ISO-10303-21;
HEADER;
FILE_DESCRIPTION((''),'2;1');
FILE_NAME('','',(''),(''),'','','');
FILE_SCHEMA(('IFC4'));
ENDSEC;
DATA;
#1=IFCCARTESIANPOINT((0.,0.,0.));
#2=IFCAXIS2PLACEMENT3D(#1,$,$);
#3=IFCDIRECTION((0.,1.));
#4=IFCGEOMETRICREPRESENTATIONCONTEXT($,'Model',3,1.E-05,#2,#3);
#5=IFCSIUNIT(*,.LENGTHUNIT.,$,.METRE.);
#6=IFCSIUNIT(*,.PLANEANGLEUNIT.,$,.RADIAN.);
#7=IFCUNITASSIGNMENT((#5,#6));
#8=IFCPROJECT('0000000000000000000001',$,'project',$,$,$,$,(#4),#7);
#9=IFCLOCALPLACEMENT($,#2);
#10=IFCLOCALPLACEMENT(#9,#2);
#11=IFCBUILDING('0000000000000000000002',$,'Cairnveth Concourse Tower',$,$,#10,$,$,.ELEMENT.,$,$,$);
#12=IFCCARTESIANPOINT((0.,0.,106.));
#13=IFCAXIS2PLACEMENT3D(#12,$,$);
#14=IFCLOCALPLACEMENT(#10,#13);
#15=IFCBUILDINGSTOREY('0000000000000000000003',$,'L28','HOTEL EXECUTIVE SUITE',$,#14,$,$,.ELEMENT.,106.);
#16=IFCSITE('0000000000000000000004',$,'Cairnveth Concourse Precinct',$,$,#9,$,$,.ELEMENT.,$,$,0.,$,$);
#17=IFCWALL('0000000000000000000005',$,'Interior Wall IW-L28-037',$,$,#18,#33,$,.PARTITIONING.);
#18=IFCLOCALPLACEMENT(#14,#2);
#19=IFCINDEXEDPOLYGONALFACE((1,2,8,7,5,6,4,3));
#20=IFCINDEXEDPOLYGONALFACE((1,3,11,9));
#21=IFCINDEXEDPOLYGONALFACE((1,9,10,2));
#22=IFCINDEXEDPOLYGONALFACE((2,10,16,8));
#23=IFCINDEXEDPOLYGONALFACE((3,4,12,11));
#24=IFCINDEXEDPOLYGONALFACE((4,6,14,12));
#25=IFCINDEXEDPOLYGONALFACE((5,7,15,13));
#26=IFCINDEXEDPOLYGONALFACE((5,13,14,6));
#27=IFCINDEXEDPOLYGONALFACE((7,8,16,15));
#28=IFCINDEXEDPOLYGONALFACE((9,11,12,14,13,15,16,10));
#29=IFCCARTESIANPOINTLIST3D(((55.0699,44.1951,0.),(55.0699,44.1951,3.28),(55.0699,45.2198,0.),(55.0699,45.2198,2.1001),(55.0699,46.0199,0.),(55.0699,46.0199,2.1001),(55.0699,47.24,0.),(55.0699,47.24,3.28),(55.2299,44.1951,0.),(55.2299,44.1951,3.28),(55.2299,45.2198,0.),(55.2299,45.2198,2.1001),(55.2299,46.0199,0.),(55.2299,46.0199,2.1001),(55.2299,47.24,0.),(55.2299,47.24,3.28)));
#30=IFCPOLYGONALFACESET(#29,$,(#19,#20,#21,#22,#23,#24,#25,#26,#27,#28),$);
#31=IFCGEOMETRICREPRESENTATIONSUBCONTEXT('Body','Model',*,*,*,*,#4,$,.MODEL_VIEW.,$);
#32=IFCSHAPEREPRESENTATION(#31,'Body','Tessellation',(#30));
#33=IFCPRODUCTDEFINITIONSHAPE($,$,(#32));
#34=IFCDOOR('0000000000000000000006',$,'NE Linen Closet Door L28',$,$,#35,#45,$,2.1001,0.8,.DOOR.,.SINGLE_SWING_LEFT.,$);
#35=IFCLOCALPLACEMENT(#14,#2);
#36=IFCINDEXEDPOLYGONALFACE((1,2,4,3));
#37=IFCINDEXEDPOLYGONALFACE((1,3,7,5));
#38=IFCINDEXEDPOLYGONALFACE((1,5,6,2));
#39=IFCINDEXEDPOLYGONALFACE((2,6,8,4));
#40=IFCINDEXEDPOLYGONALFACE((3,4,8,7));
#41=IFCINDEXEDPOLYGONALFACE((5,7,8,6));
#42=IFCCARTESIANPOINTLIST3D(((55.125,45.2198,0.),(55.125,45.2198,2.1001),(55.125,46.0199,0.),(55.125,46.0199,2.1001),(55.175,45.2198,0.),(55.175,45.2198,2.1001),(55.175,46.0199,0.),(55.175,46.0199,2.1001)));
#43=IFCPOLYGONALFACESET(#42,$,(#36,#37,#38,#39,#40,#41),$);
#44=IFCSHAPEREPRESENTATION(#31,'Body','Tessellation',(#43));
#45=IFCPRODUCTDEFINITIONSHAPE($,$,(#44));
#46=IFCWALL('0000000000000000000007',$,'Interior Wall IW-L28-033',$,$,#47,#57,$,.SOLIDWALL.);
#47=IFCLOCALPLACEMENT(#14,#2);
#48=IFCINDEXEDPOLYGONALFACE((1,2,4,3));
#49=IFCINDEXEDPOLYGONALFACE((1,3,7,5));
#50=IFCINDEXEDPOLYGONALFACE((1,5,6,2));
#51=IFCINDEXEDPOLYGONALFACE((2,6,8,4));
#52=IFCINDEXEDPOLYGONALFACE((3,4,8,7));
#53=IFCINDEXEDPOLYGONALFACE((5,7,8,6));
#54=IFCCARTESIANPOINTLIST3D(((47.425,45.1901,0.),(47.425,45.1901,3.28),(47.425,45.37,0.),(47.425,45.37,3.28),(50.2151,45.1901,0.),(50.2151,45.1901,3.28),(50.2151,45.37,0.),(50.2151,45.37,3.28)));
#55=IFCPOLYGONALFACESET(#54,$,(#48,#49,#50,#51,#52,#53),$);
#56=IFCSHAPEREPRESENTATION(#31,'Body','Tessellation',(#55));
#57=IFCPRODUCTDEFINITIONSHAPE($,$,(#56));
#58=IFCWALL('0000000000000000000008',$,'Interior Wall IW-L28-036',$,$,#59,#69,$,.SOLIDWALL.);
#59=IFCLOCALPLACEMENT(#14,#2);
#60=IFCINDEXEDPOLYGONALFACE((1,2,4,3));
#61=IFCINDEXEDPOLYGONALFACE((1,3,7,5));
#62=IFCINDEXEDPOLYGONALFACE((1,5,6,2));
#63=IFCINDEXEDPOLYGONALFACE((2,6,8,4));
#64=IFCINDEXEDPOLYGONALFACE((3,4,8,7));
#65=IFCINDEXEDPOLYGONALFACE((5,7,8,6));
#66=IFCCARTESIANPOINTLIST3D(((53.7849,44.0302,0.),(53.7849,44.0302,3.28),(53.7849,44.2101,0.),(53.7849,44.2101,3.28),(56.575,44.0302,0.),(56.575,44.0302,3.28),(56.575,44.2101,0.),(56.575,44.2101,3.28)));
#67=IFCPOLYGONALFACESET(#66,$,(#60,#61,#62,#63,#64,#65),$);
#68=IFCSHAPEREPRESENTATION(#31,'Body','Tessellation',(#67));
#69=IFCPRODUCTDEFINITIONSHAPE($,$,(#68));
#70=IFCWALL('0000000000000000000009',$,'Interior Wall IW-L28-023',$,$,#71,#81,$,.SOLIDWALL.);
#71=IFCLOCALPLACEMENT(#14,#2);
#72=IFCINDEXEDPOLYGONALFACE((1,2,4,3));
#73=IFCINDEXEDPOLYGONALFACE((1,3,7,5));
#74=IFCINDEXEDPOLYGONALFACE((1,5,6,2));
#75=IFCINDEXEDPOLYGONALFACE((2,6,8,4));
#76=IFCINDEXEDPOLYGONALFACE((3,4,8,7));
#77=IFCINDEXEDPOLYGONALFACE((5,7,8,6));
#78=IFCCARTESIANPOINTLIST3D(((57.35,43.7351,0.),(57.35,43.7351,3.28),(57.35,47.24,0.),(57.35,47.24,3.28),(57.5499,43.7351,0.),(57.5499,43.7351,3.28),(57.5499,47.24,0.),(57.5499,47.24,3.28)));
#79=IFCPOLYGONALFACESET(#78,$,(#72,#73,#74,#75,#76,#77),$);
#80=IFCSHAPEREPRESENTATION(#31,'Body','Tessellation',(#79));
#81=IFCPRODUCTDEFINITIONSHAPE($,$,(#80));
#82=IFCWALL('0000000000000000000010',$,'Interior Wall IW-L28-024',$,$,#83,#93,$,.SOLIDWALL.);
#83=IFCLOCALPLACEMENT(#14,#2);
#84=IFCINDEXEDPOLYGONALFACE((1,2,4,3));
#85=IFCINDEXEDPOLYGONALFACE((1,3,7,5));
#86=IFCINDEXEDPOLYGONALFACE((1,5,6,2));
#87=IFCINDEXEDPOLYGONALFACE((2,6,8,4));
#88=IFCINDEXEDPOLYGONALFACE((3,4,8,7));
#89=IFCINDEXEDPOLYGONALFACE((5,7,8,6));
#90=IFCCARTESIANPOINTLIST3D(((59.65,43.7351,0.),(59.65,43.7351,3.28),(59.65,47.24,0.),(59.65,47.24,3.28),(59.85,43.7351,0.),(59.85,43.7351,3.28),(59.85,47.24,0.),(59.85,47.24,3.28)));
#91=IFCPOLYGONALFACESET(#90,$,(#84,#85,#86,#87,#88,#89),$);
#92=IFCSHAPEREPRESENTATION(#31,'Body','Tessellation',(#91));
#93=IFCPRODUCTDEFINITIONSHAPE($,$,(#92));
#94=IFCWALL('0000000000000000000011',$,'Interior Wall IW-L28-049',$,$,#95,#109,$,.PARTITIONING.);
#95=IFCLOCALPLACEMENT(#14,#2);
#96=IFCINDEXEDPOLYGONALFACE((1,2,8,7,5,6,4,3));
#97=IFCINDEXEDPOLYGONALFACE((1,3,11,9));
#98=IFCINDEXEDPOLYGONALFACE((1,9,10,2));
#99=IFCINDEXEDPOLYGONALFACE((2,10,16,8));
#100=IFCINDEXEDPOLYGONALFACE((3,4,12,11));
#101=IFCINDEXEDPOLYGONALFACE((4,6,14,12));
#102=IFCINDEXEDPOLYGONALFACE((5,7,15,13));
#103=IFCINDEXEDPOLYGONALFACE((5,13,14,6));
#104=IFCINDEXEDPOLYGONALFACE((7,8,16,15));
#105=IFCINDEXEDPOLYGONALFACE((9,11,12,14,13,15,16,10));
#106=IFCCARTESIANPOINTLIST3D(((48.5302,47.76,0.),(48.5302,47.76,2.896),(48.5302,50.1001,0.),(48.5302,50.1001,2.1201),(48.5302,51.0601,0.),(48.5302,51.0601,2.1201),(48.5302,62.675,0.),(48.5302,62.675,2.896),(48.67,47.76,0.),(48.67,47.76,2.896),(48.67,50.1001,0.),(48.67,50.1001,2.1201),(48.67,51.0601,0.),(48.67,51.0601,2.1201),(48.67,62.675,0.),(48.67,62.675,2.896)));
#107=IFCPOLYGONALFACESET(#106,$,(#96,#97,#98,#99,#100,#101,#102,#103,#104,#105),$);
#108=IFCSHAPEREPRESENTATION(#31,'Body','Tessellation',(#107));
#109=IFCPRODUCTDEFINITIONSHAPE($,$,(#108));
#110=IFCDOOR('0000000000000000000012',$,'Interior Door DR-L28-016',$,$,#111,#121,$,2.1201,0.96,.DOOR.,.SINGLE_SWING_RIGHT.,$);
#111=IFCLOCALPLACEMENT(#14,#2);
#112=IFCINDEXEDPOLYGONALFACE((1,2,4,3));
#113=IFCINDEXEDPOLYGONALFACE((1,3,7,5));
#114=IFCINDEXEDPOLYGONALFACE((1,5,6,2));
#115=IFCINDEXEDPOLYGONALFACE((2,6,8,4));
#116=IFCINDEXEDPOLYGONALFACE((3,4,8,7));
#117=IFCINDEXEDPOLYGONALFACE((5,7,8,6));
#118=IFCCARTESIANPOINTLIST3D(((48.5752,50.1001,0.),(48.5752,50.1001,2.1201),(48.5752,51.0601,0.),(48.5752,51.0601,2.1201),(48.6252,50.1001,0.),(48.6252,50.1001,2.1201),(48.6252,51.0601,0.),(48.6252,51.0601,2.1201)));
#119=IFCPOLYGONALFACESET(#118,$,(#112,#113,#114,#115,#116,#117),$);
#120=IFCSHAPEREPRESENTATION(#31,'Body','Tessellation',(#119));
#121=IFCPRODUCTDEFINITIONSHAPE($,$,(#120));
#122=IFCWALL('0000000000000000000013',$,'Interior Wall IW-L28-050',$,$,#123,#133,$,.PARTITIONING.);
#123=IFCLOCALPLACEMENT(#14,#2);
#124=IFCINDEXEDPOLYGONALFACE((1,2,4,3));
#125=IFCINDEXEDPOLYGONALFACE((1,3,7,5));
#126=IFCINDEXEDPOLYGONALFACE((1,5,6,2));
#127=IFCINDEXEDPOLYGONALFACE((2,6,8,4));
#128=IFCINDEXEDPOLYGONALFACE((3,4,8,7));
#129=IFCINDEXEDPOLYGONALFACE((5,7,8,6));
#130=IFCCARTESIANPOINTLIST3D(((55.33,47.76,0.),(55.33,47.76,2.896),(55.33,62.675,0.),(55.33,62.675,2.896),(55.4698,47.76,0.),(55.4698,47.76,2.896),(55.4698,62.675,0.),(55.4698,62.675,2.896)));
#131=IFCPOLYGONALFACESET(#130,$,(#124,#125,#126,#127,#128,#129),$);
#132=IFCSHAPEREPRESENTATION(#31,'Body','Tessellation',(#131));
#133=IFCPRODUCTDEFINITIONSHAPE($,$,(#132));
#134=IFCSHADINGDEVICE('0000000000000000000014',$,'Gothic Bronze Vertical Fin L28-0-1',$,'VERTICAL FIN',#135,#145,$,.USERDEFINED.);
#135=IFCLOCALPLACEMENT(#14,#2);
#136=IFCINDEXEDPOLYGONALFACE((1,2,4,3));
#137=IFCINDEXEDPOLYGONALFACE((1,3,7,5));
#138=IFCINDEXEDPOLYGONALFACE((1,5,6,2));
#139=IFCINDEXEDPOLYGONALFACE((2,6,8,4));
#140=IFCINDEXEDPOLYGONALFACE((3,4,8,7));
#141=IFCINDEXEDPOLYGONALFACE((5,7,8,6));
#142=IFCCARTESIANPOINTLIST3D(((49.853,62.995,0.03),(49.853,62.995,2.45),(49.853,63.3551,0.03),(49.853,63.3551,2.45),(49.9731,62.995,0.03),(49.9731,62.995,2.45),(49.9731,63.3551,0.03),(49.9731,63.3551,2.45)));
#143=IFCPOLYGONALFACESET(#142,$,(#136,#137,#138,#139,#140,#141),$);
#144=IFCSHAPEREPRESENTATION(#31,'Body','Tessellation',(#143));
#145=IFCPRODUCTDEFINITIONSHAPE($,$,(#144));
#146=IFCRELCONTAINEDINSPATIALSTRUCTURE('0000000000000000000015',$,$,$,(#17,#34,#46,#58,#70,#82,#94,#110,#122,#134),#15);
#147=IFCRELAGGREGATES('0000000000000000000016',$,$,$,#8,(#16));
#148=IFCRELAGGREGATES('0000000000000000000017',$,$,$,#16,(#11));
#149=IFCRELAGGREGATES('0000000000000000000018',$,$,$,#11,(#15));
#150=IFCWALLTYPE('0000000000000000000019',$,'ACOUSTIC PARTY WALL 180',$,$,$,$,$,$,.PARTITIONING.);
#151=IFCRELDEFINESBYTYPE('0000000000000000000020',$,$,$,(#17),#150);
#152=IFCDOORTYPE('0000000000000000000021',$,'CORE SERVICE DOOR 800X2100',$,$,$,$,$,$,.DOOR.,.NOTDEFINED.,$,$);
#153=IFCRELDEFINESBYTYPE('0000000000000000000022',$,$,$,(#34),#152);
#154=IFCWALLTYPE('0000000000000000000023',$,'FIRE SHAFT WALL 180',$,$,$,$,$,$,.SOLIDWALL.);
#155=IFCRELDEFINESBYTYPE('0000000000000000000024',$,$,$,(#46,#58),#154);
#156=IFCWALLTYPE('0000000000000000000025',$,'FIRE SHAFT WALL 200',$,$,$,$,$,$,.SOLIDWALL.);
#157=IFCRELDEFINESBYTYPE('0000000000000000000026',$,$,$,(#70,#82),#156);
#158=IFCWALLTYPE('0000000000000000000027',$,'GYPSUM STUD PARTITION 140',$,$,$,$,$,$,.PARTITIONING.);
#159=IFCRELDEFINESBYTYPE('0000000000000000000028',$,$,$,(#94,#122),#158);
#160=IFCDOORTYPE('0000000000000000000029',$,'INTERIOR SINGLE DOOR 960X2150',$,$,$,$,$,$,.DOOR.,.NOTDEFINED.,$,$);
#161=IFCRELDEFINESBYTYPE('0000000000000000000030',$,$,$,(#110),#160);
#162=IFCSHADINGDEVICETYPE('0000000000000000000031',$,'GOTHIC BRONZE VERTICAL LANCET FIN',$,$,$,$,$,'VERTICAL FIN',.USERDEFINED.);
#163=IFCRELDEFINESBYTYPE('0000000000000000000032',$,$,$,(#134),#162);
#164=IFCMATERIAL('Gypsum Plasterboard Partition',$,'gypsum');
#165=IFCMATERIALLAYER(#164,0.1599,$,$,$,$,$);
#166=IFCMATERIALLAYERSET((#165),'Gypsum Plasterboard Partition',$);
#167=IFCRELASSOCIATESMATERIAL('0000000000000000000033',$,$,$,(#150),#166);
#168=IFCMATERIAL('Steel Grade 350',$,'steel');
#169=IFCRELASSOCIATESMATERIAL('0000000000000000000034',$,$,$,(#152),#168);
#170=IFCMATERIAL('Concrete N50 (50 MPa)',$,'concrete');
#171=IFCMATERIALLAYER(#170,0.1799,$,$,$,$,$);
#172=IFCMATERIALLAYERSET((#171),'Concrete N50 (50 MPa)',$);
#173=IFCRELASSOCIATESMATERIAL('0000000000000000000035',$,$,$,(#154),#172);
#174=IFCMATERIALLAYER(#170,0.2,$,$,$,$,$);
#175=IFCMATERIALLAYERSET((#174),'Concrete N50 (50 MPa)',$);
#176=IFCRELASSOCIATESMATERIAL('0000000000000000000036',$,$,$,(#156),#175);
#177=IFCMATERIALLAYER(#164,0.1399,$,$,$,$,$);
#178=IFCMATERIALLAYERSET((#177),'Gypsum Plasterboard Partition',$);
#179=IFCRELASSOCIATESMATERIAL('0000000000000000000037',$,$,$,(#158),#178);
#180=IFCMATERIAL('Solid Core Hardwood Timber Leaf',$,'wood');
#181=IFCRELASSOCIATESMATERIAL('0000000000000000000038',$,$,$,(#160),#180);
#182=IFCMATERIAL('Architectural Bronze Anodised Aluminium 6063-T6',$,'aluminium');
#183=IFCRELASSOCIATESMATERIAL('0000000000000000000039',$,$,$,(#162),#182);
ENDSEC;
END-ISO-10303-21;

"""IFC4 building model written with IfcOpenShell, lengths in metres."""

from ifc_helpers import new_model, si_unit, direction, frame, frame_2d, origin, origin_2d, place, context, subcontext, project, spatial, rectangle, extrude, material, layer, layer_set, type_object, element, fill, save


model = new_model("IFC4")

# Units and contexts
model_context = context("Model", 3, precision=1e-05, world=origin(), true_north=direction((0.0, 1.0)))
body_context = subcontext(model_context, "Body", "Model", "MODEL_VIEW")
ifc_project = project(units=[si_unit("LENGTHUNIT", "METRE"), si_unit("PLANEANGLEUNIT", "RADIAN")], contexts=[model_context])

# Site, building, storey
site_placement = place(None, origin())
site = spatial("IfcSite", under=ifc_project, at=site_placement, Name="Cairnveth Concourse Precinct", CompositionType="ELEMENT", RefElevation=0.0)
building_placement = place(site_placement, origin())
building = spatial("IfcBuilding", under=site, at=building_placement, Name="Cairnveth Concourse Tower", CompositionType="ELEMENT")
storey_placement = place(building_placement, frame((0.0, 0.0, 106.0)))
storey = spatial("IfcBuildingStorey", under=building, at=storey_placement, Name="L28", Description="HOTEL EXECUTIVE SUITE", CompositionType="ELEMENT", Elevation=106.0)

# Shared definitions
ifc_material_1 = material(Name="Steel Grade 350", Category="steel")

# Wall, opening, door
ifc_material_2 = material(Name="Gypsum Plasterboard Partition", Category="gypsum")
ifc_layer_1 = layer(ifc_material_2, 0.1599)
ifc_layer_set_1 = layer_set([ifc_layer_1], Name="Gypsum Plasterboard Partition")
wall_type_1 = type_object("IfcWallType", Name="ACOUSTIC PARTY WALL 180", PredefinedType="PARTITIONING", material=ifc_layer_set_1)
wall_1_placement = place(storey_placement, frame((55.1499, 44.1951, 0.0), z_axis=(0.0, 0.0, 1.0), x_axis=(0.0, 1.0, 0.0)))
wall_1 = element("IfcWall", 1, at=wall_1_placement, inside=storey, type_object=wall_type_1, Name="Interior Wall IW-L28-037", PredefinedType="PARTITIONING", context=body_context, shape_type="SweptSolid", body=[
    extrude(rectangle(XDim=3.0449, YDim=0.1599, at=frame_2d((1.5225, 0.0))), origin(), (0.0, 0.0, 1.0), 3.28),
])
opening_1_placement = place(wall_1_placement, frame((1.0249, 0.0, 0.0)))
opening_1 = element("IfcOpeningElement", 2, at=opening_1_placement, cuts=wall_1, PredefinedType="OPENING", context=body_context, shape_type="SweptSolid", body=[
    extrude(rectangle(XDim=0.8, YDim=2.1001, at=frame_2d((0.3999, 1.05))), frame((0.0, 0.0898, 0.0), z_axis=(0.0, -1.0, 0.0), x_axis=(1.0, 0.0, 0.0)), (0.0, 0.0, 1.0), 0.1799),
])
door_type_1 = type_object("IfcDoorType", Name="CORE SERVICE DOOR 800X2100", OperationType="NOTDEFINED", PredefinedType="DOOR", material=ifc_material_1)
door_1_placement = place(opening_1_placement, origin())
door_1 = element("IfcDoor", 3, at=door_1_placement, inside=storey, type_object=door_type_1, Name="NE Linen Closet Door L28", OperationType="SINGLE_SWING_LEFT", OverallHeight=2.1001, OverallWidth=0.8, PredefinedType="DOOR", context=body_context, shape_type="SweptSolid", body=[
    extrude(rectangle(XDim=0.8, YDim=2.1001, at=frame_2d((0.3999, 1.05))), frame((0.0, 0.0249, 0.0), z_axis=(0.0, -1.0, 0.0), x_axis=(1.0, 0.0, 0.0)), (0.0, 0.0, 1.0), 0.05),
])
fill(opening_1, door_1)

# Walls
ifc_material_3 = material(Name="Concrete N50 (50 MPa)", Category="concrete")
ifc_layer_2 = layer(ifc_material_3, 0.1799)
ifc_layer_set_2 = layer_set([ifc_layer_2], Name="Concrete N50 (50 MPa)")
wall_type_2 = type_object("IfcWallType", Name="FIRE SHAFT WALL 180", PredefinedType="SOLIDWALL", material=ifc_layer_set_2)
for number, where, z_axis, x_axis, name in (
    (4, (47.425, 45.28, 0.0), (0.0, 0.0, 1.0), (1.0, 0.0, 0.0), "Interior Wall IW-L28-033"),
    (5, (53.7849, 44.1201, 0.0), (0.0, 0.0, 1.0), (1.0, 0.0, 0.0), "Interior Wall IW-L28-036"),
):
    element("IfcWall", number, at=place(storey_placement, frame(where, z_axis=z_axis, x_axis=x_axis)), inside=storey, type_object=wall_type_2, Name=name, PredefinedType="SOLIDWALL", context=body_context, shape_type="SweptSolid", body=[
        extrude(rectangle(XDim=2.79, YDim=0.1799, at=frame_2d((1.395, 0.0))), origin(), (0.0, 0.0, 1.0), 3.28),
    ])
ifc_layer_3 = layer(ifc_material_3, 0.2)
ifc_layer_set_3 = layer_set([ifc_layer_3], Name="Concrete N50 (50 MPa)")
wall_type_3 = type_object("IfcWallType", Name="FIRE SHAFT WALL 200", PredefinedType="SOLIDWALL", material=ifc_layer_set_3)
for number, where, z_axis, x_axis, name in (
    (6, (57.45, 43.7351, 0.0), (0.0, 0.0, 1.0), (0.0, 1.0, 0.0), "Interior Wall IW-L28-023"),
    (7, (59.75, 43.7351, 0.0), (0.0, 0.0, 1.0), (0.0, 1.0, 0.0), "Interior Wall IW-L28-024"),
):
    element("IfcWall", number, at=place(storey_placement, frame(where, z_axis=z_axis, x_axis=x_axis)), inside=storey, type_object=wall_type_3, Name=name, PredefinedType="SOLIDWALL", context=body_context, shape_type="SweptSolid", body=[
        extrude(rectangle(XDim=3.5049, YDim=0.2, at=frame_2d((1.7524, 0.0))), origin(), (0.0, 0.0, 1.0), 3.28),
    ])

# Wall, opening, door
ifc_layer_4 = layer(ifc_material_2, 0.1399)
ifc_layer_set_4 = layer_set([ifc_layer_4], Name="Gypsum Plasterboard Partition")
wall_type_4 = type_object("IfcWallType", Name="GYPSUM STUD PARTITION 140", PredefinedType="PARTITIONING", material=ifc_layer_set_4)
wall_2_placement = place(storey_placement, frame((48.6001, 47.76, 0.0), z_axis=(0.0, 0.0, 1.0), x_axis=(0.0, 1.0, 0.0)))
wall_2 = element("IfcWall", 8, at=wall_2_placement, inside=storey, type_object=wall_type_4, Name="Interior Wall IW-L28-049", PredefinedType="PARTITIONING", context=body_context, shape_type="SweptSolid", body=[
    extrude(rectangle(XDim=14.915, YDim=0.1399, at=frame_2d((7.4575, 0.0))), origin(), (0.0, 0.0, 1.0), 2.896),
])
opening_2_placement = place(wall_2_placement, frame((2.3401, 0.0, 0.0)))
opening_2 = element("IfcOpeningElement", 9, at=opening_2_placement, cuts=wall_2, PredefinedType="OPENING", context=body_context, shape_type="SweptSolid", body=[
    extrude(rectangle(XDim=0.96, YDim=2.1201, at=frame_2d((0.48, 1.0601))), frame((0.0, 0.0798, 0.0), z_axis=(0.0, -1.0, 0.0), x_axis=(1.0, 0.0, 0.0)), (0.0, 0.0, 1.0), 0.1599),
])
ifc_material_4 = material(Name="Solid Core Hardwood Timber Leaf", Category="wood")
door_type_2 = type_object("IfcDoorType", Name="INTERIOR SINGLE DOOR 960X2150", OperationType="NOTDEFINED", PredefinedType="DOOR", material=ifc_material_4)
door_2_placement = place(opening_2_placement, origin())
door_2 = element("IfcDoor", 10, at=door_2_placement, inside=storey, type_object=door_type_2, Name="Interior Door DR-L28-016", OperationType="SINGLE_SWING_RIGHT", OverallHeight=2.1201, OverallWidth=0.96, PredefinedType="DOOR", context=body_context, shape_type="SweptSolid", body=[
    extrude(rectangle(XDim=0.96, YDim=2.1201, at=frame_2d((0.48, 1.0601))), frame((0.0, 0.0249, 0.0), z_axis=(0.0, -1.0, 0.0), x_axis=(1.0, 0.0, 0.0)), (0.0, 0.0, 1.0), 0.05),
])
fill(opening_2, door_2)

# Wall
wall_3_placement = place(storey_placement, frame((55.3999, 47.76, 0.0), z_axis=(0.0, 0.0, 1.0), x_axis=(0.0, 1.0, 0.0)))
element("IfcWall", 11, at=wall_3_placement, inside=storey, type_object=wall_type_4, Name="Interior Wall IW-L28-050", PredefinedType="PARTITIONING", context=body_context, shape_type="SweptSolid", body=[
    extrude(rectangle(XDim=14.915, YDim=0.1399, at=frame_2d((7.4575, 0.0))), origin(), (0.0, 0.0, 1.0), 2.896),
])

# Shading device
ifc_material_5 = material(Name="Architectural Bronze Anodised Aluminium 6063-T6", Category="aluminium")
shading_device_type = type_object("IfcShadingDeviceType", Name="GOTHIC BRONZE VERTICAL LANCET FIN", ElementType="VERTICAL FIN", PredefinedType="USERDEFINED", material=ifc_material_5)
shading_device_placement = place(storey_placement, frame((49.9131, 63.175, 0.03), z_axis=(0.0, 0.0, 1.0), x_axis=(1.0, 0.0, 0.0)))
element("IfcShadingDevice", 12, at=shading_device_placement, inside=storey, type_object=shading_device_type, Name="Gothic Bronze Vertical Fin L28-0-1", ObjectType="VERTICAL FIN", PredefinedType="USERDEFINED", context=body_context, shape_type="SweptSolid", body=[
    extrude(rectangle(XDim=0.1201, YDim=0.3601, at=origin_2d()), origin(), (0.0, 0.0, 1.0), 2.4199),
])

save(model, "model.ifc")
